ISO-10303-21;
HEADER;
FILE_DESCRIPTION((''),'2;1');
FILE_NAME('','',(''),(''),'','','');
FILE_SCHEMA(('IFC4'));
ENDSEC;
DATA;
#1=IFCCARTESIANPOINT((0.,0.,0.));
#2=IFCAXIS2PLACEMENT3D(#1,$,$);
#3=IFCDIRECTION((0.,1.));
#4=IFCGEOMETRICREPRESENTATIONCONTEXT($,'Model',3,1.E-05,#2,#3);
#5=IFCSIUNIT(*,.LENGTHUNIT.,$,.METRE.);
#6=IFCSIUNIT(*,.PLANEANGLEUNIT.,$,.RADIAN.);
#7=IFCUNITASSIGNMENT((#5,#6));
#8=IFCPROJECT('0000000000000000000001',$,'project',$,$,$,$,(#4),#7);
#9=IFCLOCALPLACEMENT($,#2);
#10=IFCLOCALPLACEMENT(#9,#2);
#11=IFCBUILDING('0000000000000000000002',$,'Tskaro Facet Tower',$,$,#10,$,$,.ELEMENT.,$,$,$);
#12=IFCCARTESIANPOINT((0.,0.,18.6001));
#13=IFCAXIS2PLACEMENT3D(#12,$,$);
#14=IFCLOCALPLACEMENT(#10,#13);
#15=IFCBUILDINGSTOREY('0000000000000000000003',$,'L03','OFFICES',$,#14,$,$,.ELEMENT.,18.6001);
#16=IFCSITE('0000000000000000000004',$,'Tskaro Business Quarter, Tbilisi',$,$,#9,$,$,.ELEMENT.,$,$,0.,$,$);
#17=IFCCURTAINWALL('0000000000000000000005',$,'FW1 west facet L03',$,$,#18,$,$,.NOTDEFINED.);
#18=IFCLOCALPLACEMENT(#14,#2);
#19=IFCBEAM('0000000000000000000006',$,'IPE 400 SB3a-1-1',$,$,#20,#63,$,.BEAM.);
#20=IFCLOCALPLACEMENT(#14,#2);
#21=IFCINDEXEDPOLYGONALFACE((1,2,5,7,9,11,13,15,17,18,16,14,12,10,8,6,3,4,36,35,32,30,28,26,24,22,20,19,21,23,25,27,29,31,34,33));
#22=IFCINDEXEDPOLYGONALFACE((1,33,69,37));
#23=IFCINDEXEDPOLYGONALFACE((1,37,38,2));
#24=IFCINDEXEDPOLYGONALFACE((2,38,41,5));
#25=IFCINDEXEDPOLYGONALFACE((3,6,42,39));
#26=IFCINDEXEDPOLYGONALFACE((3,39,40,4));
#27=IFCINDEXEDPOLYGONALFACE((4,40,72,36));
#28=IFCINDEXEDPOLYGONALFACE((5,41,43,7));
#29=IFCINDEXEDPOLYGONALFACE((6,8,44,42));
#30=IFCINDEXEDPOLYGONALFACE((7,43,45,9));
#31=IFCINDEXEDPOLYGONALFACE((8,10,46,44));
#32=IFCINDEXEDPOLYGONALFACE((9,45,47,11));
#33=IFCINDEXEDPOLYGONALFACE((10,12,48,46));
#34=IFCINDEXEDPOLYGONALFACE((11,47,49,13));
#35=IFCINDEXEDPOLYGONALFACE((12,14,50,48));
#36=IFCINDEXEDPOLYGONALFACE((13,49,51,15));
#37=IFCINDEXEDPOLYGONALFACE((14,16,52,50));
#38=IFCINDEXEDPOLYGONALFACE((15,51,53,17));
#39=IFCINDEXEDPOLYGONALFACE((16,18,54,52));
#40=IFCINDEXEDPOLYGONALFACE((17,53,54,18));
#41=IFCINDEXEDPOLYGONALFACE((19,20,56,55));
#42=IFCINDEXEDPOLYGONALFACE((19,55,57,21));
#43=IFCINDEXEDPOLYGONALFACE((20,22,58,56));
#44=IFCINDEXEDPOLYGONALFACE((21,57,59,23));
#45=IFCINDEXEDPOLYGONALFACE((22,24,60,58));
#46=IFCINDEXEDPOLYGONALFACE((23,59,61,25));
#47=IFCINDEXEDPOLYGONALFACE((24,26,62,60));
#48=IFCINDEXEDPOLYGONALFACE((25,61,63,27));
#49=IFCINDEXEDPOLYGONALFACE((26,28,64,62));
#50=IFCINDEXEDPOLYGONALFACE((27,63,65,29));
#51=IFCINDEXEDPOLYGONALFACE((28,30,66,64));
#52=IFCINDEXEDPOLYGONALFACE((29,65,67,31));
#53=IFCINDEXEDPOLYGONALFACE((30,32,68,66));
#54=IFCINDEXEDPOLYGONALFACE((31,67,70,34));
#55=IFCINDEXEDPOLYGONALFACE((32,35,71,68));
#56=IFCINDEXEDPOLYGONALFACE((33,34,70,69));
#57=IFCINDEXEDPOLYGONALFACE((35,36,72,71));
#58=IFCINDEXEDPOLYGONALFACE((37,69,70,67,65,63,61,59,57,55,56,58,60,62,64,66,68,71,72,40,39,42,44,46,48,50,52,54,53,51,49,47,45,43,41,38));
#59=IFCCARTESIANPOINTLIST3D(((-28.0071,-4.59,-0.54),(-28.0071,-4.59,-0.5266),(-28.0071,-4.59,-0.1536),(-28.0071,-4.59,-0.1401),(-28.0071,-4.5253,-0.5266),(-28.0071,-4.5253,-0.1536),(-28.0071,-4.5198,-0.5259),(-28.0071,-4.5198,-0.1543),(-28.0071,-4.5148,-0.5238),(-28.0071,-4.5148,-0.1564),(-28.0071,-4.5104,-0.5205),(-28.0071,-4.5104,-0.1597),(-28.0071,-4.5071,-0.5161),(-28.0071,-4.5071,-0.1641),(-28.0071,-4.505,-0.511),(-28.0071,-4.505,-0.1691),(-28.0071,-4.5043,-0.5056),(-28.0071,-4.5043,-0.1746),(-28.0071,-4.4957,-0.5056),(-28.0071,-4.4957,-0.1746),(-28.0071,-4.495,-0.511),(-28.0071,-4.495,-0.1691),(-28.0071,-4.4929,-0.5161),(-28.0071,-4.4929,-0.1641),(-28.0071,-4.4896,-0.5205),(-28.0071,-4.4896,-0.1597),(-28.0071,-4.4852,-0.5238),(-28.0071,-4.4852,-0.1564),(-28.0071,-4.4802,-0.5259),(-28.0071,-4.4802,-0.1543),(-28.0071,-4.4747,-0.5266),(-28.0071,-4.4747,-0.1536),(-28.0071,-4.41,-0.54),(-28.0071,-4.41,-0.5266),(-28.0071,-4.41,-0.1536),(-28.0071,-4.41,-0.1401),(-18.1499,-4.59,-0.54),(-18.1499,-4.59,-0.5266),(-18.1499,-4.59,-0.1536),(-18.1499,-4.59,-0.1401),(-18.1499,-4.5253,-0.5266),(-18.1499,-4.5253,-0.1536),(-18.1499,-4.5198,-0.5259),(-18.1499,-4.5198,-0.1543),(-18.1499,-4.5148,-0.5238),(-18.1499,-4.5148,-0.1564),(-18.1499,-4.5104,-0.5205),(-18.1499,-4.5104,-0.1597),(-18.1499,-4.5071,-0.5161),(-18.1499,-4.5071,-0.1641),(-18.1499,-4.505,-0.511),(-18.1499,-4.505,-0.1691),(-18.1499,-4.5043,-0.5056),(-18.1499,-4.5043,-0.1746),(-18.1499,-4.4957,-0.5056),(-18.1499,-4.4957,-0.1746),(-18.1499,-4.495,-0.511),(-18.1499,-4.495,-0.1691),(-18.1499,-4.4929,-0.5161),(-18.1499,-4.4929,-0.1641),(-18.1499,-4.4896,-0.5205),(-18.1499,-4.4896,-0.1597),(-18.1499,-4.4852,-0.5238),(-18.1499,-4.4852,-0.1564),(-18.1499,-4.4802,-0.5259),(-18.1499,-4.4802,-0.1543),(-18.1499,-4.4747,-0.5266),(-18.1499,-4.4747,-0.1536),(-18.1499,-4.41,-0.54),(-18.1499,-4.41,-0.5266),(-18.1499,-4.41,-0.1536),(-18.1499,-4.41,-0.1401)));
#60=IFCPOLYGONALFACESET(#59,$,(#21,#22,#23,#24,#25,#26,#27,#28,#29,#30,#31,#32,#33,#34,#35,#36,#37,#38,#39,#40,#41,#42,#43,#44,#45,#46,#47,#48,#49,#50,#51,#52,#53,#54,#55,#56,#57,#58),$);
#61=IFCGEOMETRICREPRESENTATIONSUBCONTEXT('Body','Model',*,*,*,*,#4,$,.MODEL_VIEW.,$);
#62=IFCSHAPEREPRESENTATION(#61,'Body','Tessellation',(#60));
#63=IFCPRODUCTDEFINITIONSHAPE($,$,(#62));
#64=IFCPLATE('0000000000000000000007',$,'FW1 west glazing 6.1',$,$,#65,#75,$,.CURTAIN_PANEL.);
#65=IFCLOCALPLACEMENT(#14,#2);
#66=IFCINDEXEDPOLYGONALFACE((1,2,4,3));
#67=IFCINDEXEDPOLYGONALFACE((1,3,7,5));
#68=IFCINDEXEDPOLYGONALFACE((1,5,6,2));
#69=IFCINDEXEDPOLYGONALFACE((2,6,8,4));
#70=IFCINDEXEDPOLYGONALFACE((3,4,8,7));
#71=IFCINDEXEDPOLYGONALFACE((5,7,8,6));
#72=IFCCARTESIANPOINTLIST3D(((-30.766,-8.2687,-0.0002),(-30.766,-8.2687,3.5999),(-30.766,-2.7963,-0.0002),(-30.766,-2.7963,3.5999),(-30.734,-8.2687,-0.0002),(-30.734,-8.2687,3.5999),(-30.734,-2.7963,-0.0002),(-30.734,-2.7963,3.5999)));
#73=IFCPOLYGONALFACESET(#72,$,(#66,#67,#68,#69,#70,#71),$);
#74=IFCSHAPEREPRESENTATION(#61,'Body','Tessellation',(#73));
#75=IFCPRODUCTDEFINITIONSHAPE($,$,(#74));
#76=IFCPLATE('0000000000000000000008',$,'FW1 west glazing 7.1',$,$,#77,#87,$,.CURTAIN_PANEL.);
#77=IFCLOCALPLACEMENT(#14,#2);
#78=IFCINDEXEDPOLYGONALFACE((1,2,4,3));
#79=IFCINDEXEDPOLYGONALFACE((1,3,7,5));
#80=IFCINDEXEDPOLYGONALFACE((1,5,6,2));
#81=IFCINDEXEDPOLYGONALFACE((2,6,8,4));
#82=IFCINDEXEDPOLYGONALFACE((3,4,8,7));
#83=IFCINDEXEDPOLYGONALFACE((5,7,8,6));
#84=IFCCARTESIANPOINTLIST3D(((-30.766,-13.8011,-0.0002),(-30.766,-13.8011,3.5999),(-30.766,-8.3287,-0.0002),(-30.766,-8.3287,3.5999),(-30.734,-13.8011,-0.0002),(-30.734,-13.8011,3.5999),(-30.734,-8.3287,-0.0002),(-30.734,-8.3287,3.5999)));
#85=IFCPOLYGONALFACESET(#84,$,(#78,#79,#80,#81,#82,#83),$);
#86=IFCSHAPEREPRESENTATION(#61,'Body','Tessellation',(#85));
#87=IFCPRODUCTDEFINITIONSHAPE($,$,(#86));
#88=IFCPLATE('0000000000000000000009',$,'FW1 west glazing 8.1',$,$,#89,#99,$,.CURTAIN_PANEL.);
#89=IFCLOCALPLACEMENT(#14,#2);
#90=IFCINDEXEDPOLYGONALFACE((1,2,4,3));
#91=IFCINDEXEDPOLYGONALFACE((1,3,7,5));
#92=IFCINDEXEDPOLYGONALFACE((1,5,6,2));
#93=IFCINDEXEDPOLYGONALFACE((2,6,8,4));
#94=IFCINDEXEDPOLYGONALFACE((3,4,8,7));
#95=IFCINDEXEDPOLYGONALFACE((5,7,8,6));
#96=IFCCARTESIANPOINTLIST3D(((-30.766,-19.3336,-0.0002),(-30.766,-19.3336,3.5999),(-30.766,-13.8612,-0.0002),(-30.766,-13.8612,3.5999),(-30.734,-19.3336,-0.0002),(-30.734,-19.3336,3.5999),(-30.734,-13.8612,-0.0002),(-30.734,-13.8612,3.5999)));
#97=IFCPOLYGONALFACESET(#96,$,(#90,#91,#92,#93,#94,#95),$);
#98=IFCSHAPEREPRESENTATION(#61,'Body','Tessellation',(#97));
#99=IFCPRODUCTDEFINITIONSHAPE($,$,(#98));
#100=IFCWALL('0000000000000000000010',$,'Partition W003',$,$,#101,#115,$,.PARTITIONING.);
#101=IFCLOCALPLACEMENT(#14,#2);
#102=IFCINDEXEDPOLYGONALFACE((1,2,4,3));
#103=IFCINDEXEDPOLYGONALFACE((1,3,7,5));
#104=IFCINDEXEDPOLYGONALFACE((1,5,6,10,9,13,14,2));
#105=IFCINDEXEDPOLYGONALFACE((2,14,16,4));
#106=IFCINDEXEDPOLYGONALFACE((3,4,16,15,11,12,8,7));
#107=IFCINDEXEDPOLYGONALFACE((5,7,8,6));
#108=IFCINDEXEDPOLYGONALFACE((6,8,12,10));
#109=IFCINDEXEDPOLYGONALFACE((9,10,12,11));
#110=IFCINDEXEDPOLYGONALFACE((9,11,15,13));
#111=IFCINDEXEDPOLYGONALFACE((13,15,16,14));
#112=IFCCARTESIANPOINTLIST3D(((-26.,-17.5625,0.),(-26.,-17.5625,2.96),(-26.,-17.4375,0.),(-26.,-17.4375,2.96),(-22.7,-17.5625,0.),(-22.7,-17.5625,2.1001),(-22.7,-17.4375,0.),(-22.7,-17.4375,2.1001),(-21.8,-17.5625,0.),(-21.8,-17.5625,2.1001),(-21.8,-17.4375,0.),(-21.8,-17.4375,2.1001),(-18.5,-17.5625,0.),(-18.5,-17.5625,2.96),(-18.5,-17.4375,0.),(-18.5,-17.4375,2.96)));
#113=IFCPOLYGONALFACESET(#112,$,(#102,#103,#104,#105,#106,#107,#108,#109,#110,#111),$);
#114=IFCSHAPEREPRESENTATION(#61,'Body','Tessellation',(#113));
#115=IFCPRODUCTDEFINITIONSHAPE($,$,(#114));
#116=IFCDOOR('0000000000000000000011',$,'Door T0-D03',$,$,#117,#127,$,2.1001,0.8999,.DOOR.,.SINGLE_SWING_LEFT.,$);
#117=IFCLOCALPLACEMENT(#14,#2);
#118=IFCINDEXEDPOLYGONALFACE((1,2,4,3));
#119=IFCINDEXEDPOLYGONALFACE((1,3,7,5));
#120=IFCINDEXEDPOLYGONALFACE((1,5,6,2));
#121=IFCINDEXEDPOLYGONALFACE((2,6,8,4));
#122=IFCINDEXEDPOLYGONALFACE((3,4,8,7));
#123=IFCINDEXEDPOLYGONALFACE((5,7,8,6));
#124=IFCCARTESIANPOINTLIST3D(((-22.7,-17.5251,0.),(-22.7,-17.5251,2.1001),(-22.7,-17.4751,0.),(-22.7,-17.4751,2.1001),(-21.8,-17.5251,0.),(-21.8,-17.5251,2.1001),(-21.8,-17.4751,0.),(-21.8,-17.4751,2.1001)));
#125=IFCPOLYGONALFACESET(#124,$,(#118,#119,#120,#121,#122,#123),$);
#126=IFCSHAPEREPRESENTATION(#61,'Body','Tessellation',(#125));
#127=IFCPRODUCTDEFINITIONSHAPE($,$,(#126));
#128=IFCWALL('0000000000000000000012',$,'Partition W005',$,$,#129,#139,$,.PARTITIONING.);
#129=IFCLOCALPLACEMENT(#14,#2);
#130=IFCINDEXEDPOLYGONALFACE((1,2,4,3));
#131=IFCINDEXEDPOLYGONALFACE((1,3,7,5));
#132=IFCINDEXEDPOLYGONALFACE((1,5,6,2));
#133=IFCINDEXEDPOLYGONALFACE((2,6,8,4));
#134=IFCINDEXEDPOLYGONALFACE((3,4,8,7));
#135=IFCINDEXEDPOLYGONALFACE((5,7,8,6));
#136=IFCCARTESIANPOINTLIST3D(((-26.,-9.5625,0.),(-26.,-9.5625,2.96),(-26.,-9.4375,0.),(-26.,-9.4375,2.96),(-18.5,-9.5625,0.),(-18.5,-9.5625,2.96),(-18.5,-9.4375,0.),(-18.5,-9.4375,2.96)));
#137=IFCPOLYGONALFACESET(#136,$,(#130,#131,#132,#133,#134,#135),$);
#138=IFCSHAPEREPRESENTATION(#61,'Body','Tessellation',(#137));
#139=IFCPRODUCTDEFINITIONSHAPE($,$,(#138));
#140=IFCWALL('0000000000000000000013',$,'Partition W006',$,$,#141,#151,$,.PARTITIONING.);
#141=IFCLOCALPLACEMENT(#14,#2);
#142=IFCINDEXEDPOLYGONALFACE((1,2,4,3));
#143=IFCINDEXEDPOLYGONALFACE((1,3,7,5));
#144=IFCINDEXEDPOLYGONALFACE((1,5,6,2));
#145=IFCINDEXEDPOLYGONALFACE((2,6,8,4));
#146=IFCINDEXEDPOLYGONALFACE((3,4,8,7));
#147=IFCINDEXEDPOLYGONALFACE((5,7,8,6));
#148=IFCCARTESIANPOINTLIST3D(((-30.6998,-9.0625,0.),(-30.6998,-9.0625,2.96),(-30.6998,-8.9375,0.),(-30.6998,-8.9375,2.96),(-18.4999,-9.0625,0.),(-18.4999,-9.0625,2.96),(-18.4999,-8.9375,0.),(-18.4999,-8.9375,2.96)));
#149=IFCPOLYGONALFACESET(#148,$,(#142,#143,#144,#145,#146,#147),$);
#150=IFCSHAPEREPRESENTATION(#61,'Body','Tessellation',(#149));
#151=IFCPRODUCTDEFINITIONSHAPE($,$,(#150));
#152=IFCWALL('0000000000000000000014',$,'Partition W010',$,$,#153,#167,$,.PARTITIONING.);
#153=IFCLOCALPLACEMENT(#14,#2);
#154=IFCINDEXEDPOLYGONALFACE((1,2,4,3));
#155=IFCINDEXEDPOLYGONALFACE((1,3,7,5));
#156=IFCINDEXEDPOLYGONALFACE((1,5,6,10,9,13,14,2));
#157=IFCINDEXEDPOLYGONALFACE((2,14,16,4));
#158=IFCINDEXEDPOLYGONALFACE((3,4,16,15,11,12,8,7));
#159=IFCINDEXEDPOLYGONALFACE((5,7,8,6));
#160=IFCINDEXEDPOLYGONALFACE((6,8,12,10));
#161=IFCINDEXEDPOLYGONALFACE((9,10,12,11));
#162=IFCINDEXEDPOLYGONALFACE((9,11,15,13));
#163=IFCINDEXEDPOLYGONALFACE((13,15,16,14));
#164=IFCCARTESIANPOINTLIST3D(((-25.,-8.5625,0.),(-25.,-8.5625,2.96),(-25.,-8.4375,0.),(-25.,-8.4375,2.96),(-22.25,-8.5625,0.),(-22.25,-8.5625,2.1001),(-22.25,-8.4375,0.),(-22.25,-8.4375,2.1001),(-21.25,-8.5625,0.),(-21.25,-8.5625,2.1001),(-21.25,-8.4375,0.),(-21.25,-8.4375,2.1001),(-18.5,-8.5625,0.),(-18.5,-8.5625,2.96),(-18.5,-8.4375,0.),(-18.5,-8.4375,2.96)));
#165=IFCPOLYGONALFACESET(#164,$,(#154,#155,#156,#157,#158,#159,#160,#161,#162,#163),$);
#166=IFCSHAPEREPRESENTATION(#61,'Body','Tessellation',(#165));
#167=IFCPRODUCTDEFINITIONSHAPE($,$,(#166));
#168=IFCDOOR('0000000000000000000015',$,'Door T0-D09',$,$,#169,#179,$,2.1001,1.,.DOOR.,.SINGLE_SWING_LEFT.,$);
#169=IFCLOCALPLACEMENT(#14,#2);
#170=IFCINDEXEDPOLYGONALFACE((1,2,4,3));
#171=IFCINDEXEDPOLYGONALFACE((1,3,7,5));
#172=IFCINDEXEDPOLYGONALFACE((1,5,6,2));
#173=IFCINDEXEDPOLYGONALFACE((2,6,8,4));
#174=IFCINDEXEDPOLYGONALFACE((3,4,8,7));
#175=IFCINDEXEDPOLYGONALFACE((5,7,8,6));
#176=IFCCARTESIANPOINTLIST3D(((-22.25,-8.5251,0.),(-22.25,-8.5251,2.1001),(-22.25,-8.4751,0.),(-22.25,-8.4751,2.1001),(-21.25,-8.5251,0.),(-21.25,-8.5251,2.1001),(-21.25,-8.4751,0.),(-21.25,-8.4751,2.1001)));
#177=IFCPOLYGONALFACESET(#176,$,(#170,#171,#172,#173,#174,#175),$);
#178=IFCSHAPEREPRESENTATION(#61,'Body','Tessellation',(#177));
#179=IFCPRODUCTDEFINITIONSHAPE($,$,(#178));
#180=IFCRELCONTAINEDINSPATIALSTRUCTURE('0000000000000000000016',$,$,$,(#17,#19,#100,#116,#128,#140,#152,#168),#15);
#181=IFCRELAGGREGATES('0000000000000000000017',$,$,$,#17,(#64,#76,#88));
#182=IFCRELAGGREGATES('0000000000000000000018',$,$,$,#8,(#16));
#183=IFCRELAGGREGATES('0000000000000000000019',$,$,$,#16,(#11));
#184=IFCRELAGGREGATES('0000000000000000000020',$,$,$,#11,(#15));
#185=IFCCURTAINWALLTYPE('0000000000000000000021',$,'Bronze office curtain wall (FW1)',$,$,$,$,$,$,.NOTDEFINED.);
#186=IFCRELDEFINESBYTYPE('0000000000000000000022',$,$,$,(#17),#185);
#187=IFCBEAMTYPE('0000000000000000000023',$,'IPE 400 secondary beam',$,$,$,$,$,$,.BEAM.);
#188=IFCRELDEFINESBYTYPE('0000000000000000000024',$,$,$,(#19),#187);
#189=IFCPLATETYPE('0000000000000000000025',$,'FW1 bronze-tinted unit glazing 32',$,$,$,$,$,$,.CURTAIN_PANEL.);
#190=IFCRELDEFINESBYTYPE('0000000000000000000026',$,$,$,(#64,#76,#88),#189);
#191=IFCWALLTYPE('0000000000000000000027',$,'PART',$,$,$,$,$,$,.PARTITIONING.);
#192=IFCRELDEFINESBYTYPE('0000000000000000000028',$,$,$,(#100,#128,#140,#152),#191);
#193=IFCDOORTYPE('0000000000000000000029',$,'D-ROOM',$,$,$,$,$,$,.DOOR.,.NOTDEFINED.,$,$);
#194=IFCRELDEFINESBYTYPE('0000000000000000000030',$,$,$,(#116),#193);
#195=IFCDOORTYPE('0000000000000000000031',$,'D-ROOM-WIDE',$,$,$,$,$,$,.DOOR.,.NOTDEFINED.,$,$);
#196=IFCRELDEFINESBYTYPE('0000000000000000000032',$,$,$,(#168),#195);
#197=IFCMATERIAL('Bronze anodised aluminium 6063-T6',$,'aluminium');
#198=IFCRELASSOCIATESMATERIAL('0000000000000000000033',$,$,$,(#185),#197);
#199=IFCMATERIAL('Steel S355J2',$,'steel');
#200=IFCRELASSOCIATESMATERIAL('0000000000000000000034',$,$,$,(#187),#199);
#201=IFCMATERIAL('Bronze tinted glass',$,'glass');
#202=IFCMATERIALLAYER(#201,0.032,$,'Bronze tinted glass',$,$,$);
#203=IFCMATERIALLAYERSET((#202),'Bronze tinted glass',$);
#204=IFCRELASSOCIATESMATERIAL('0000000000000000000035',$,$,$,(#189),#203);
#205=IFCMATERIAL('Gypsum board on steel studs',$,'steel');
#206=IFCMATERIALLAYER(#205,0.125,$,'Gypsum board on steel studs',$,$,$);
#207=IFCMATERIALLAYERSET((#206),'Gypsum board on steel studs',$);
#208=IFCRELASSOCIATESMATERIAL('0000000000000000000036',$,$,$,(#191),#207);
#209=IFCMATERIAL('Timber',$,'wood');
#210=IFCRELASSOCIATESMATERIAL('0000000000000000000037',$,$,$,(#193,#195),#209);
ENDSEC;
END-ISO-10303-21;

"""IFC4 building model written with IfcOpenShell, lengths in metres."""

from ifc_helpers import new_model, si_unit, direction, frame, frame_2d, origin, origin_2d, place, context, subcontext, project, spatial, rectangle, i_section, extrude, material, layer, layer_set, material_profile, profile_set, type_object, element, fill, aggregate, save


model = new_model("IFC4")

# Units and contexts
model_context = context("Model", 3, precision=1e-05, world=origin(), true_north=direction((0.0, 1.0)))
body_context = subcontext(model_context, "Body", "Model", "MODEL_VIEW")
ifc_project = project(units=[si_unit("LENGTHUNIT", "METRE"), si_unit("PLANEANGLEUNIT", "RADIAN")], contexts=[model_context])

# Site, building, storey
site_placement = place(None, origin())
site = spatial("IfcSite", under=ifc_project, at=site_placement, Name="Tskaro Business Quarter, Tbilisi", CompositionType="ELEMENT", RefElevation=0.0)
building_placement = place(site_placement, origin())
building = spatial("IfcBuilding", under=site, at=building_placement, Name="Tskaro Facet Tower", CompositionType="ELEMENT")
storey_placement = place(building_placement, frame((0.0, 0.0, 18.6001)))
storey = spatial("IfcBuildingStorey", under=building, at=storey_placement, Name="L03", Description="OFFICES", CompositionType="ELEMENT", Elevation=18.6001)

# Curtain wall
ifc_material_1 = material(Name="Bronze anodised aluminium 6063-T6", Category="aluminium")
curtain_wall_type = type_object("IfcCurtainWallType", Name="Bronze office curtain wall (FW1)", PredefinedType="NOTDEFINED", material=ifc_material_1)
curtain_wall_placement = place(storey_placement, origin())
curtain_wall = element("IfcCurtainWall", 1, at=curtain_wall_placement, inside=storey, type_object=curtain_wall_type, Name="FW1 west facet L03", PredefinedType="NOTDEFINED")

# Beam
ifc_material_2 = material(Name="Steel S355J2", Category="steel")
ifc_material_profile_1 = material_profile(ifc_material_2, i_section(OverallWidth=0.1799, OverallDepth=0.3999, WebThickness=0.0085, FlangeThickness=0.0134, FilletRadius=0.021, at=origin_2d()), Name="IPE 400")
ifc_profile_set_1 = profile_set([ifc_material_profile_1], Name="Steel S355J2")
beam_type_1 = type_object("IfcBeamType", Name="IPE 400 secondary beam", PredefinedType="BEAM", material=ifc_profile_set_1)
for number, where, z_axis, x_axis, name in (
    (2, (-28.0071, -4.5, -0.3401), (1.0, 0.0, 0.0), (0.0, 1.0, 0.0), "IPE 400 SB3a-1-1"),
):
    element("IfcBeam", number, at=place(storey_placement, frame(where, z_axis=z_axis, x_axis=x_axis)), inside=storey, type_object=beam_type_1, Name=name, PredefinedType="BEAM", context=body_context, shape_type="SweptSolid", body=[
        extrude(i_section(OverallWidth=0.1799, OverallDepth=0.3999, WebThickness=0.0085, FlangeThickness=0.0134, FilletRadius=0.021, at=origin_2d()), origin(), (0.0, 0.0, 1.0), 9.8572),
    ])

# Plates
ifc_material_3 = material(Name="Bronze tinted glass", Category="glass")
ifc_layer_1 = layer(ifc_material_3, 0.032, Name="Bronze tinted glass")
ifc_layer_set_1 = layer_set([ifc_layer_1], Name="Bronze tinted glass")
plate_type = type_object("IfcPlateType", Name="FW1 bronze-tinted unit glazing 32", PredefinedType="CURTAIN_PANEL", material=ifc_layer_set_1)
plate_1_placement = place(storey_placement, frame((-30.75, -5.5325, -0.0002), z_axis=(0.0, 0.0, 1.0), x_axis=(0.0, -1.0, 0.0)))
plate_1 = element("IfcPlate", 3, at=plate_1_placement, type_object=plate_type, Name="FW1 west glazing 6.1", PredefinedType="CURTAIN_PANEL", context=body_context, shape_type="SweptSolid", body=[
    extrude(rectangle(XDim=5.4724, YDim=0.032, at=origin_2d()), origin(), (0.0, 0.0, 1.0), 3.6001),
])
plate_2_placement = place(storey_placement, frame((-30.75, -11.0649, -0.0002), z_axis=(0.0, 0.0, 1.0), x_axis=(0.0, -1.0, 0.0)))
plate_2 = element("IfcPlate", 4, at=plate_2_placement, type_object=plate_type, Name="FW1 west glazing 7.1", PredefinedType="CURTAIN_PANEL", context=body_context, shape_type="SweptSolid", body=[
    extrude(rectangle(XDim=5.4724, YDim=0.032, at=origin_2d()), origin(), (0.0, 0.0, 1.0), 3.6001),
])
plate_3_placement = place(storey_placement, frame((-30.75, -16.5974, -0.0002), z_axis=(0.0, 0.0, 1.0), x_axis=(0.0, -1.0, 0.0)))
plate_3 = element("IfcPlate", 5, at=plate_3_placement, type_object=plate_type, Name="FW1 west glazing 8.1", PredefinedType="CURTAIN_PANEL", context=body_context, shape_type="SweptSolid", body=[
    extrude(rectangle(XDim=5.4724, YDim=0.032, at=origin_2d()), origin(), (0.0, 0.0, 1.0), 3.6001),
])
aggregate(curtain_wall, [plate_1, plate_2, plate_3])

# Wall, opening, door
ifc_material_4 = material(Name="Gypsum board on steel studs", Category="steel")
ifc_layer_2 = layer(ifc_material_4, 0.125, Name="Gypsum board on steel studs")
ifc_layer_set_2 = layer_set([ifc_layer_2], Name="Gypsum board on steel studs")
wall_type = type_object("IfcWallType", Name="PART", PredefinedType="PARTITIONING", material=ifc_layer_set_2)
wall_1_placement = place(storey_placement, frame((-26.0, -17.5, 0.0), z_axis=(0.0, 0.0, 1.0), x_axis=(1.0, 0.0, 0.0)))
wall_1 = element("IfcWall", 6, at=wall_1_placement, inside=storey, type_object=wall_type, Name="Partition W003", PredefinedType="PARTITIONING", context=body_context, shape_type="SweptSolid", body=[
    extrude(rectangle(XDim=7.5, YDim=0.125, at=frame_2d((3.75, 0.0))), origin(), (0.0, 0.0, 1.0), 2.96),
])
opening_1_placement = place(wall_1_placement, frame((3.3, 0.0, 0.0)))
opening_1 = element("IfcOpeningElement", 7, at=opening_1_placement, cuts=wall_1, PredefinedType="OPENING", context=body_context, shape_type="SweptSolid", body=[
    extrude(rectangle(XDim=0.8999, YDim=2.1001, at=frame_2d((0.45, 1.05))), frame((0.0, 0.0725, 0.0), z_axis=(0.0, -1.0, 0.0), x_axis=(1.0, 0.0, 0.0)), (0.0, 0.0, 1.0), 0.145),
])
ifc_material_5 = material(Name="Timber", Category="wood")
door_type_1 = type_object("IfcDoorType", Name="D-ROOM", OperationType="NOTDEFINED", PredefinedType="DOOR", material=ifc_material_5)
door_1_placement = place(opening_1_placement, origin())
door_1 = element("IfcDoor", 8, at=door_1_placement, inside=storey, type_object=door_type_1, Name="Door T0-D03", OperationType="SINGLE_SWING_LEFT", OverallHeight=2.1001, OverallWidth=0.8999, PredefinedType="DOOR", context=body_context, shape_type="SweptSolid", body=[
    extrude(rectangle(XDim=0.8999, YDim=2.1001, at=frame_2d((0.45, 1.05))), frame((0.0, 0.0249, 0.0), z_axis=(0.0, -1.0, 0.0), x_axis=(1.0, 0.0, 0.0)), (0.0, 0.0, 1.0), 0.05),
])
fill(opening_1, door_1)

# Walls
wall_2_placement = place(storey_placement, frame((-26.0, -9.5, 0.0), z_axis=(0.0, 0.0, 1.0), x_axis=(1.0, 0.0, 0.0)))
element("IfcWall", 9, at=wall_2_placement, inside=storey, type_object=wall_type, Name="Partition W005", PredefinedType="PARTITIONING", context=body_context, shape_type="SweptSolid", body=[
    extrude(rectangle(XDim=7.5, YDim=0.125, at=frame_2d((3.75, 0.0))), origin(), (0.0, 0.0, 1.0), 2.96),
])
wall_3_placement = place(storey_placement, frame((-30.7, -9.0, 0.0), z_axis=(0.0, 0.0, 1.0), x_axis=(1.0, 0.0, 0.0)))
element("IfcWall", 10, at=wall_3_placement, inside=storey, type_object=wall_type, Name="Partition W006", PredefinedType="PARTITIONING", context=body_context, shape_type="SweptSolid", body=[
    extrude(rectangle(XDim=12.2, YDim=0.125, at=frame_2d((6.1001, 0.0))), origin(), (0.0, 0.0, 1.0), 2.96),
])

# Wall, opening, door
wall_4_placement = place(storey_placement, frame((-25.0, -8.5, 0.0), z_axis=(0.0, 0.0, 1.0), x_axis=(1.0, 0.0, 0.0)))
wall_4 = element("IfcWall", 11, at=wall_4_placement, inside=storey, type_object=wall_type, Name="Partition W010", PredefinedType="PARTITIONING", context=body_context, shape_type="SweptSolid", body=[
    extrude(rectangle(XDim=6.5, YDim=0.125, at=frame_2d((3.25, 0.0))), origin(), (0.0, 0.0, 1.0), 2.96),
])
opening_2_placement = place(wall_4_placement, frame((2.75, 0.0, 0.0)))
opening_2 = element("IfcOpeningElement", 12, at=opening_2_placement, cuts=wall_4, PredefinedType="OPENING", context=body_context, shape_type="SweptSolid", body=[
    extrude(rectangle(XDim=1.0, YDim=2.1001, at=frame_2d((0.5, 1.05))), frame((0.0, 0.0725, 0.0), z_axis=(0.0, -1.0, 0.0), x_axis=(1.0, 0.0, 0.0)), (0.0, 0.0, 1.0), 0.145),
])
door_type_2 = type_object("IfcDoorType", Name="D-ROOM-WIDE", OperationType="NOTDEFINED", PredefinedType="DOOR", material=ifc_material_5)
door_2_placement = place(opening_2_placement, origin())
door_2 = element("IfcDoor", 13, at=door_2_placement, inside=storey, type_object=door_type_2, Name="Door T0-D09", OperationType="SINGLE_SWING_LEFT", OverallHeight=2.1001, OverallWidth=1.0, PredefinedType="DOOR", context=body_context, shape_type="SweptSolid", body=[
    extrude(rectangle(XDim=1.0, YDim=2.1001, at=frame_2d((0.5, 1.05))), frame((0.0, 0.0249, 0.0), z_axis=(0.0, -1.0, 0.0), x_axis=(1.0, 0.0, 0.0)), (0.0, 0.0, 1.0), 0.05),
])
fill(opening_2, door_2)

save(model, "model.ifc")
